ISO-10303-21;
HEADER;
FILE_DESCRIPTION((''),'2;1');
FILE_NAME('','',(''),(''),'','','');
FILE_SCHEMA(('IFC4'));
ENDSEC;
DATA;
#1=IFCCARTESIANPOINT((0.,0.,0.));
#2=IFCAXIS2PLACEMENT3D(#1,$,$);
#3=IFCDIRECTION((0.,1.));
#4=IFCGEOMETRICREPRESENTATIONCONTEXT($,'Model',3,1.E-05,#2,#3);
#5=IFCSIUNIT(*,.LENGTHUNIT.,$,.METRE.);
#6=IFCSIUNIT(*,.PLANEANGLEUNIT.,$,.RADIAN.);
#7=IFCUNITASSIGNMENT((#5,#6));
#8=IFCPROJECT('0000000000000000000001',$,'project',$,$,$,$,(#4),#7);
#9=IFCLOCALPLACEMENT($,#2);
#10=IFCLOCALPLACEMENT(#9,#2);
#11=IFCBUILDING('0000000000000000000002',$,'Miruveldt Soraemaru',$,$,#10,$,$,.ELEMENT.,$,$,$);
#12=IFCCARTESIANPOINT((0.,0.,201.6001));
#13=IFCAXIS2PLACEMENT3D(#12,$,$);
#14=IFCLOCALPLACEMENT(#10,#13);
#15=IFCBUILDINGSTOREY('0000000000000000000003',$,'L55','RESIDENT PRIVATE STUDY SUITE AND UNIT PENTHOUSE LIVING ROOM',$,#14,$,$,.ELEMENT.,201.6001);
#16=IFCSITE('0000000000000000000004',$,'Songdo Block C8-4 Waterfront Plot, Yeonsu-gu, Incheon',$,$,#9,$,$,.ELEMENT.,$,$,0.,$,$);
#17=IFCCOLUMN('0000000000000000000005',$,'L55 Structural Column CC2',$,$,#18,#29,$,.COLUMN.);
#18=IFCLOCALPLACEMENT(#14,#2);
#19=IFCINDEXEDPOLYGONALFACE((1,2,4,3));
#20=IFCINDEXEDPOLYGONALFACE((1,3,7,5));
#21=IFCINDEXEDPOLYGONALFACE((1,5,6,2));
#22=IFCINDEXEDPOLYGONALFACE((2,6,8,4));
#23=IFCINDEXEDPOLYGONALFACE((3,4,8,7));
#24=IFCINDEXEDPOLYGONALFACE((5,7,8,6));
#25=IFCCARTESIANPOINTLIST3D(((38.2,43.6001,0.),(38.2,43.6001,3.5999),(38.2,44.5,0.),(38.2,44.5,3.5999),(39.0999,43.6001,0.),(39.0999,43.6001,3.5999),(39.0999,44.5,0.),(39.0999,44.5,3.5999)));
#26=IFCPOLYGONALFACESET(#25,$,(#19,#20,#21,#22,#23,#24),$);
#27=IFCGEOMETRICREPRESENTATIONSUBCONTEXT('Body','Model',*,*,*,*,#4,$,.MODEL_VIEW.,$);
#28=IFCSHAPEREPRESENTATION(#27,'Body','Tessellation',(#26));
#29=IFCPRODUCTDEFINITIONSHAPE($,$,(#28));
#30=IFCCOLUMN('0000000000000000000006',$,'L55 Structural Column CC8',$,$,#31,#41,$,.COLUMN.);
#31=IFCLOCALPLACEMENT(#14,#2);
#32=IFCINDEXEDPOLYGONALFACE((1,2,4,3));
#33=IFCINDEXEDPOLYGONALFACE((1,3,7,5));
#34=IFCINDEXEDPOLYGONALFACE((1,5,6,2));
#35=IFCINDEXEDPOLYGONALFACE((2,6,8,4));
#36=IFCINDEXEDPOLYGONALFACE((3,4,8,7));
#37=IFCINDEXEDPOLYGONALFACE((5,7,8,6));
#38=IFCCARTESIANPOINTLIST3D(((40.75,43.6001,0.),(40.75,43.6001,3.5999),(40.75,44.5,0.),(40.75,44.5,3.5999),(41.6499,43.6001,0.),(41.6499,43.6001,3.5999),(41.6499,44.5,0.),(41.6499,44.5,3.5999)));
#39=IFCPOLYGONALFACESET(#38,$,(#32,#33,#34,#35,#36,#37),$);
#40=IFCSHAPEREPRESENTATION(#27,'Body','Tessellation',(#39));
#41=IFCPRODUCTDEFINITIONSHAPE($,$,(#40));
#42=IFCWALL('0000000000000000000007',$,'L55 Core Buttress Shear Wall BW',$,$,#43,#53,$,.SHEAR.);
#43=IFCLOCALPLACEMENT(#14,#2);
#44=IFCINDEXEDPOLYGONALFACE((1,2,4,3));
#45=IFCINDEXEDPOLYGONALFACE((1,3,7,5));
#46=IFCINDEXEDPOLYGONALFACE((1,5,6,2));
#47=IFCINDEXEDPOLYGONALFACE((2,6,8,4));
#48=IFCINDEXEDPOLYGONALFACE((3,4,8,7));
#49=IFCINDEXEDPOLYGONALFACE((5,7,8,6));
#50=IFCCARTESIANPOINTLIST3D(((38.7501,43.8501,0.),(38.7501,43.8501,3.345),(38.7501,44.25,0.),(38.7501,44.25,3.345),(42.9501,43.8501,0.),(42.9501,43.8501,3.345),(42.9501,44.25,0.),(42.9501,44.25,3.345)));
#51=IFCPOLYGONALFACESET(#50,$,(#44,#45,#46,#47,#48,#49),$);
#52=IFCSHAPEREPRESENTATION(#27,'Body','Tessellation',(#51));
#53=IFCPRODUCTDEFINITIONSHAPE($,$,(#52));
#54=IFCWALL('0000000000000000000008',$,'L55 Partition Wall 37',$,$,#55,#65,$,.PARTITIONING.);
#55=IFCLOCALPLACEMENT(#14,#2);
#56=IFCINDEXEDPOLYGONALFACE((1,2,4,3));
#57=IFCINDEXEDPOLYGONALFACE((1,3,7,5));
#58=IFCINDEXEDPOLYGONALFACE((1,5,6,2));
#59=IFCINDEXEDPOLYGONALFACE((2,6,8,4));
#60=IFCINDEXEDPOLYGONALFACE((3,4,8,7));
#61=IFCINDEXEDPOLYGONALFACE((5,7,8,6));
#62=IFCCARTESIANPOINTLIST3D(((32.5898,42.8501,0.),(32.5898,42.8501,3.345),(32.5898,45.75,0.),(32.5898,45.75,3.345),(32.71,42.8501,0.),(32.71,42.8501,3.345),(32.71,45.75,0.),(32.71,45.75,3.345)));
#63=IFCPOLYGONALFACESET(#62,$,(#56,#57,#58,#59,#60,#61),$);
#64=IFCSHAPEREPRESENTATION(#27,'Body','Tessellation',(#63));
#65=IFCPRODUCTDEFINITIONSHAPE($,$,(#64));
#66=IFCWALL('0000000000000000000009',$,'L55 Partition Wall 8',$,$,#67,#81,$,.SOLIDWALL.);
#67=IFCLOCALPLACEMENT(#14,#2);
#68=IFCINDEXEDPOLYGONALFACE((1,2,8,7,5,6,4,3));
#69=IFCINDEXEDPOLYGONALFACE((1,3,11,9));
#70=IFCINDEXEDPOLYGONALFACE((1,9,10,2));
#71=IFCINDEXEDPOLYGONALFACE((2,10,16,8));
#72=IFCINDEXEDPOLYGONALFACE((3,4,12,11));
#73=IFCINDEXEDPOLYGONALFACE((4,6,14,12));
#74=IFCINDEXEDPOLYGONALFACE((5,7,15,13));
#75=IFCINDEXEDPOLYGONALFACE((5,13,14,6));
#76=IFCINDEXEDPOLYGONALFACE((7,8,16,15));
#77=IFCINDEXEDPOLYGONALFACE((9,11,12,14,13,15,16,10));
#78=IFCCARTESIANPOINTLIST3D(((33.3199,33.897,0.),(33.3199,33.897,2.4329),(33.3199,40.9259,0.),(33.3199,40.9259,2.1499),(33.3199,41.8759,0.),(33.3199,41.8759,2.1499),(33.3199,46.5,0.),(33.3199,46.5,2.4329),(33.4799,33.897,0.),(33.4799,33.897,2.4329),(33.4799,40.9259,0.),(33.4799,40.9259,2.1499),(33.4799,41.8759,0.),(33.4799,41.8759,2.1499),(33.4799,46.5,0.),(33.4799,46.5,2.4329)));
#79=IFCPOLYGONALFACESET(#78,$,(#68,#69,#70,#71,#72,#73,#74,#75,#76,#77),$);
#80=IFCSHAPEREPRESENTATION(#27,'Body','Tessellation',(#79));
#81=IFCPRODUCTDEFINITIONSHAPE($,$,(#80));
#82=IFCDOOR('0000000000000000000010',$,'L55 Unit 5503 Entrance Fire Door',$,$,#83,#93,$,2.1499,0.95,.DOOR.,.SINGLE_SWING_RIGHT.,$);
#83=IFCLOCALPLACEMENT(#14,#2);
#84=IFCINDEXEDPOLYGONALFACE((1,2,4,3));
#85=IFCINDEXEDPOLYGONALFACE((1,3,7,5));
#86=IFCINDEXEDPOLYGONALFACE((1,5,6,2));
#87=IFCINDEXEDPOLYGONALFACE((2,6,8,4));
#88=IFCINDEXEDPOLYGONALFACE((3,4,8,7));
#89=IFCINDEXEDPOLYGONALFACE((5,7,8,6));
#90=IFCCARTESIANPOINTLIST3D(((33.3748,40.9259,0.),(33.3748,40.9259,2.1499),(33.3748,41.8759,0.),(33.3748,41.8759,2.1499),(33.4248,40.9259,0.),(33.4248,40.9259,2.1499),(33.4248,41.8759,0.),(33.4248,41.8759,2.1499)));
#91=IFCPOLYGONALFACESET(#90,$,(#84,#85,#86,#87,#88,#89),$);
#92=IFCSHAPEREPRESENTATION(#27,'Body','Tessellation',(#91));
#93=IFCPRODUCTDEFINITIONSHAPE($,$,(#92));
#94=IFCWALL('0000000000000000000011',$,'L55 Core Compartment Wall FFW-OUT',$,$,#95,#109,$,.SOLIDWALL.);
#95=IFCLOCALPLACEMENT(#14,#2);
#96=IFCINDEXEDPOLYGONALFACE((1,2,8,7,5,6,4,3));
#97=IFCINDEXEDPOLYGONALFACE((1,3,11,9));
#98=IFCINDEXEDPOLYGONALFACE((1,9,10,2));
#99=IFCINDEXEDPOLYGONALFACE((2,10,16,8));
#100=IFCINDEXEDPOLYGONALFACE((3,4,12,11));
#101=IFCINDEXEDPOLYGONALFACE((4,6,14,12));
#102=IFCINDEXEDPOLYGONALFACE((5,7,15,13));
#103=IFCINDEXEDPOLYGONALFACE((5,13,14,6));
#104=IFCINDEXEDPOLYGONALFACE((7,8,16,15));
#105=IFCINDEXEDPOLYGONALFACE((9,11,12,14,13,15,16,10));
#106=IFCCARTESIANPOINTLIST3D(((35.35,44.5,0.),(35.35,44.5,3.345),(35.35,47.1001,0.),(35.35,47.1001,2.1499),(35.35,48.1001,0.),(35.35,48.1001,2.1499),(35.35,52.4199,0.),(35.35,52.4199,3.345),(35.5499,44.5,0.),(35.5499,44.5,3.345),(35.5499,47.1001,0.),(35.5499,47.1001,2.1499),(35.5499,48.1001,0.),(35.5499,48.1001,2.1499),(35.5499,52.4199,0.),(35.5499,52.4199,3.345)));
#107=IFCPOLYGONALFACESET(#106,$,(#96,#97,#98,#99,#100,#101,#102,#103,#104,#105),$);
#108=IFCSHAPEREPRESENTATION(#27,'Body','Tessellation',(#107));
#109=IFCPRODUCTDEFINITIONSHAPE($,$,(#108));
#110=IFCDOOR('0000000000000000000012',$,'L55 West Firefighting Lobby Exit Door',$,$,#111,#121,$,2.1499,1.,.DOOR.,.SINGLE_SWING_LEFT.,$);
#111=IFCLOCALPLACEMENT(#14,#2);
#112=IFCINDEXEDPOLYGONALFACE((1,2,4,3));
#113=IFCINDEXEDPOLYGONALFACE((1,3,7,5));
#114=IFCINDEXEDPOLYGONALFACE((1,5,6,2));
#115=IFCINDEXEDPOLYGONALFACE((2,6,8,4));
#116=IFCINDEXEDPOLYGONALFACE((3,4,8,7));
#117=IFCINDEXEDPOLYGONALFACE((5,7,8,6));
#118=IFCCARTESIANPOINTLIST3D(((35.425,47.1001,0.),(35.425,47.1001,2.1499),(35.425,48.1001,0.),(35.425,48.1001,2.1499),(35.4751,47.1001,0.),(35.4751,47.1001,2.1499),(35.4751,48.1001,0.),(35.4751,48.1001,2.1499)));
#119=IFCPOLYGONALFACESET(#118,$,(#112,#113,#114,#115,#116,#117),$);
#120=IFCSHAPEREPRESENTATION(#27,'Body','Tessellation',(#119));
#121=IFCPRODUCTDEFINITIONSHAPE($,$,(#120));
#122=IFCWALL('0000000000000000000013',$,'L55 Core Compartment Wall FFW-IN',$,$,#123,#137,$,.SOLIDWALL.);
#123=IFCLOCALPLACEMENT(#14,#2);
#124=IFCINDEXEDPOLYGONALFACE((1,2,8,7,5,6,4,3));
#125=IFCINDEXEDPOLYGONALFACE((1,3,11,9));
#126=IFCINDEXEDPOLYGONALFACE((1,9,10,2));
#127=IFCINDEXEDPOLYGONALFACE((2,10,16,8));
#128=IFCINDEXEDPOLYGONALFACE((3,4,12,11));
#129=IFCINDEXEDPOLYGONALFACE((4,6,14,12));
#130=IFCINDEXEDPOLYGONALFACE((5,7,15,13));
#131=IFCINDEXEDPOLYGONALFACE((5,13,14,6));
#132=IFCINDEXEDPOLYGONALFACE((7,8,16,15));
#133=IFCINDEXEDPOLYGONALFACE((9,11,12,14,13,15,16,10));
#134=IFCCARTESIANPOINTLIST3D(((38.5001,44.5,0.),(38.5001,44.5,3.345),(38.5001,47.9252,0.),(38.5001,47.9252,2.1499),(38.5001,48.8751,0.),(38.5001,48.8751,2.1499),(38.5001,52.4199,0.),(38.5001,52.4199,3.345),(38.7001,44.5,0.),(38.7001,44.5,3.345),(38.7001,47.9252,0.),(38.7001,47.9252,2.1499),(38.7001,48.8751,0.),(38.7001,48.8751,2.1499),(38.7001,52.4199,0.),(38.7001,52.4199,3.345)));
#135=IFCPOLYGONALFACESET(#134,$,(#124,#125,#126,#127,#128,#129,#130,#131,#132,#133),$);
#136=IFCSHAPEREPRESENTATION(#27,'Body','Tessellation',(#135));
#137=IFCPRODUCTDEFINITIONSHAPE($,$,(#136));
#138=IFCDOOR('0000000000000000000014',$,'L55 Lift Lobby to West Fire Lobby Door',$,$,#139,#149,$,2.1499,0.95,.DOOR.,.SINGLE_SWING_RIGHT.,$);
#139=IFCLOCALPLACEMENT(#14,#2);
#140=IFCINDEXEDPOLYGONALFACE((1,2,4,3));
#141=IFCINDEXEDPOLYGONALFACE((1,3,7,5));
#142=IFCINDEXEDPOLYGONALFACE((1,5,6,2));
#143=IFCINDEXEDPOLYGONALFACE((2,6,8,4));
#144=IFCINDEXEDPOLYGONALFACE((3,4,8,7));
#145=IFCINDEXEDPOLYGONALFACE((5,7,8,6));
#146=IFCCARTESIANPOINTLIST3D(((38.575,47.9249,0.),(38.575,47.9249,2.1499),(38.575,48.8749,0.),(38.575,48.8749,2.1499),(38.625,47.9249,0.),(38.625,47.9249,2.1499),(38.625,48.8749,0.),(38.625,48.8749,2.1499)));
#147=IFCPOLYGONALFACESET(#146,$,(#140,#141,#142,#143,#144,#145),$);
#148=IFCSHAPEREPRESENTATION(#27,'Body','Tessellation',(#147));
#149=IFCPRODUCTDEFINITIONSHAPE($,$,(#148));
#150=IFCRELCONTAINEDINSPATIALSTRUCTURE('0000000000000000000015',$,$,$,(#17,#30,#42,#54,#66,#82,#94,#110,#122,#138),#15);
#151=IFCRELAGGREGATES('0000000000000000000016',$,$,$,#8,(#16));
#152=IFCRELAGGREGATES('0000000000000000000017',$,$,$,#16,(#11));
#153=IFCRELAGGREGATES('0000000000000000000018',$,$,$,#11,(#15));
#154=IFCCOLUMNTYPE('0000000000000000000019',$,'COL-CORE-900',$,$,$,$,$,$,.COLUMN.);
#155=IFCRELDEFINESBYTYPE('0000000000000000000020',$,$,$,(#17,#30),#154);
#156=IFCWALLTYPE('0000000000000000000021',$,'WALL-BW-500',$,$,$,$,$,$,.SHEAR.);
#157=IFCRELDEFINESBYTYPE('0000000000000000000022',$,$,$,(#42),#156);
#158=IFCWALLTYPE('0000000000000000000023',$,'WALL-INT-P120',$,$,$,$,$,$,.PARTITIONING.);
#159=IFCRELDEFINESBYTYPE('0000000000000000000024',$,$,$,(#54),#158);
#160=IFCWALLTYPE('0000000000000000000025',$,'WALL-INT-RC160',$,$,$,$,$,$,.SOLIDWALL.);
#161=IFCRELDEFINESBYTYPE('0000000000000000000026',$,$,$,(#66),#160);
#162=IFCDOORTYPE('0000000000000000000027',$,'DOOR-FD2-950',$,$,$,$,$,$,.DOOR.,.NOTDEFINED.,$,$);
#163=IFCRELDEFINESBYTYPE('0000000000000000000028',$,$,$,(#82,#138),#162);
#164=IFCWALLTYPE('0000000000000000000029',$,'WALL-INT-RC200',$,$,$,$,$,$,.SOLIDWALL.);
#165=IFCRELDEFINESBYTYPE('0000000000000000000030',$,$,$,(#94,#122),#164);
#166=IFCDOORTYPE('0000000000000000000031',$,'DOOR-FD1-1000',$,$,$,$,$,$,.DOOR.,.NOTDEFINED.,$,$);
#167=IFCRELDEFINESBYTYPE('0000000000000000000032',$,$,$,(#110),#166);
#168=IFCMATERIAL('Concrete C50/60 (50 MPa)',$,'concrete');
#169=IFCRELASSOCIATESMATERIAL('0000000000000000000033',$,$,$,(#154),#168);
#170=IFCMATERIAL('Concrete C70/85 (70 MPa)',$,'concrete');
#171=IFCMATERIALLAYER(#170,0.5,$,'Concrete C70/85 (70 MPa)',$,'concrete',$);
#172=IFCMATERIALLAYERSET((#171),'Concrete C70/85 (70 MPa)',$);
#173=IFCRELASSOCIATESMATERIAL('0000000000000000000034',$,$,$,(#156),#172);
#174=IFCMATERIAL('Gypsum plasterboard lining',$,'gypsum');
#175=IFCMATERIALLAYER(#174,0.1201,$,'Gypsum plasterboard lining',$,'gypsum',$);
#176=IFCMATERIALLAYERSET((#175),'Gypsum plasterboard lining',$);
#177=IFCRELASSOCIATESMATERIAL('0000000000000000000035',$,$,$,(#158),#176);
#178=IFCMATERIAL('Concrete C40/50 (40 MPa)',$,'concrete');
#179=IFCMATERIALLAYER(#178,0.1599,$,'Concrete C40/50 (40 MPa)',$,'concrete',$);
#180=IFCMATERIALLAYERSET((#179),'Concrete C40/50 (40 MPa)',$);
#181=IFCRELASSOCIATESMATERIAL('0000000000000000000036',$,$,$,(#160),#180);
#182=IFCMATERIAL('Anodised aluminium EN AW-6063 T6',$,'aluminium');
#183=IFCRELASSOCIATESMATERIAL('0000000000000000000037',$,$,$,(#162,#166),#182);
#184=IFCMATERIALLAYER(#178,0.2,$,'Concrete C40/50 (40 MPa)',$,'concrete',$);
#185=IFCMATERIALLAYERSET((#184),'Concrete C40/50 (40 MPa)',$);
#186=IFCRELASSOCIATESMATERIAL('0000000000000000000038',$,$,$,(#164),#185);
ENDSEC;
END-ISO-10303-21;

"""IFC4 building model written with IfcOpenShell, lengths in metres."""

from ifc_helpers import new_model, si_unit, direction, frame, frame_2d, origin, origin_2d, place, context, subcontext, project, spatial, rectangle, extrude, material, layer, layer_set, material_profile, profile_set, type_object, element, fill, save


model = new_model("IFC4")

# Units and contexts
model_context = context("Model", 3, precision=1e-05, world=origin(), true_north=direction((0.0, 1.0)))
body_context = subcontext(model_context, "Body", "Model", "MODEL_VIEW")
ifc_project = project(units=[si_unit("LENGTHUNIT", "METRE"), si_unit("PLANEANGLEUNIT", "RADIAN")], contexts=[model_context])

# Site, building, storey
site_placement = place(None, origin())
site = spatial("IfcSite", under=ifc_project, at=site_placement, Name="Songdo Block C8-4 Waterfront Plot, Yeonsu-gu, Incheon", CompositionType="ELEMENT", RefElevation=0.0)
building_placement = place(site_placement, origin())
building = spatial("IfcBuilding", under=site, at=building_placement, Name="Miruveldt Soraemaru", CompositionType="ELEMENT")
storey_placement = place(building_placement, frame((0.0, 0.0, 201.6001)))
storey = spatial("IfcBuildingStorey", under=building, at=storey_placement, Name="L55", Description="RESIDENT PRIVATE STUDY SUITE AND UNIT PENTHOUSE LIVING ROOM", CompositionType="ELEMENT", Elevation=201.6001)

# Columns
ifc_material_1 = material(Name="Concrete C50/60 (50 MPa)", Category="concrete")
ifc_material_profile = material_profile(ifc_material_1, rectangle(XDim=0.8999, YDim=0.8999, at=origin_2d()), Name="Concrete C50/60 (50 MPa)", Category="concrete")
ifc_profile_set = profile_set([ifc_material_profile], Name="Concrete C50/60 (50 MPa)")
column_type = type_object("IfcColumnType", Name="COL-CORE-900", PredefinedType="COLUMN", material=ifc_profile_set)
for number, where, z_axis, x_axis, name in (
    (1, (38.6499, 44.05, 0.0), (0.0, 0.0, 1.0), (1.0, 0.0, 0.0), "L55 Structural Column CC2"),
    (2, (41.2, 44.05, 0.0), (0.0, 0.0, 1.0), (1.0, 0.0, 0.0), "L55 Structural Column CC8"),
):
    element("IfcColumn", number, at=place(storey_placement, frame(where, z_axis=z_axis, x_axis=x_axis)), inside=storey, type_object=column_type, Name=name, PredefinedType="COLUMN", context=body_context, shape_type="SweptSolid", body=[
        extrude(rectangle(XDim=0.8999, YDim=0.8999, at=origin_2d()), origin(), (0.0, 0.0, 1.0), 3.5999),
    ])

# Walls
ifc_material_2 = material(Name="Concrete C70/85 (70 MPa)", Category="concrete")
ifc_layer_1 = layer(ifc_material_2, 0.5, Name="Concrete C70/85 (70 MPa)", Category="concrete")
ifc_layer_set_1 = layer_set([ifc_layer_1], Name="Concrete C70/85 (70 MPa)")
wall_type_1 = type_object("IfcWallType", Name="WALL-BW-500", PredefinedType="SHEAR", material=ifc_layer_set_1)
wall_1_placement = place(storey_placement, frame((38.75, 44.05, 0.0), z_axis=(0.0, 0.0, 1.0), x_axis=(1.0, 0.0, 0.0)))
element("IfcWall", 3, at=wall_1_placement, inside=storey, type_object=wall_type_1, Name="L55 Core Buttress Shear Wall BW", PredefinedType="SHEAR", context=body_context, shape_type="SweptSolid", body=[
    extrude(rectangle(XDim=4.2, YDim=0.3999, at=frame_2d((2.1001, 0.0))), origin(), (0.0, 0.0, 1.0), 3.345),
])
ifc_material_3 = material(Name="Gypsum plasterboard lining", Category="gypsum")
ifc_layer_2 = layer(ifc_material_3, 0.1201, Name="Gypsum plasterboard lining", Category="gypsum")
ifc_layer_set_2 = layer_set([ifc_layer_2], Name="Gypsum plasterboard lining")
wall_type_2 = type_object("IfcWallType", Name="WALL-INT-P120", PredefinedType="PARTITIONING", material=ifc_layer_set_2)
wall_2_placement = place(storey_placement, frame((32.6499, 45.75, 0.0), z_axis=(0.0, 0.0, 1.0), x_axis=(0.0, -1.0, 0.0)))
element("IfcWall", 4, at=wall_2_placement, inside=storey, type_object=wall_type_2, Name="L55 Partition Wall 37", PredefinedType="PARTITIONING", context=body_context, shape_type="SweptSolid", body=[
    extrude(rectangle(XDim=2.8999, YDim=0.1201, at=frame_2d((1.45, 0.0))), origin(), (0.0, 0.0, 1.0), 3.345),
])

# Walls, openings, doors
ifc_material_4 = material(Name="Concrete C40/50 (40 MPa)", Category="concrete")
ifc_layer_3 = layer(ifc_material_4, 0.1599, Name="Concrete C40/50 (40 MPa)", Category="concrete")
ifc_layer_set_3 = layer_set([ifc_layer_3], Name="Concrete C40/50 (40 MPa)")
wall_type_3 = type_object("IfcWallType", Name="WALL-INT-RC160", PredefinedType="SOLIDWALL", material=ifc_layer_set_3)
wall_3_placement = place(storey_placement, frame((33.3999, 46.5, 0.0), z_axis=(0.0, 0.0, 1.0), x_axis=(0.0, -1.0, 0.0)))
wall_3 = element("IfcWall", 5, at=wall_3_placement, inside=storey, type_object=wall_type_3, Name="L55 Partition Wall 8", PredefinedType="SOLIDWALL", context=body_context, shape_type="SweptSolid", body=[
    extrude(rectangle(XDim=12.603, YDim=0.1599, at=frame_2d((6.3015, 0.0))), origin(), (0.0, 0.0, 1.0), 2.4329),
])
opening_1_placement = place(wall_3_placement, frame((4.624, 0.0, 0.0)))
opening_1 = element("IfcOpeningElement", 6, at=opening_1_placement, cuts=wall_3, PredefinedType="OPENING", context=body_context, shape_type="SweptSolid", body=[
    extrude(rectangle(XDim=0.95, YDim=2.1499, at=frame_2d((0.4751, 1.075))), frame((0.0, 0.0898, 0.0), z_axis=(0.0, -1.0, 0.0), x_axis=(1.0, 0.0, 0.0)), (0.0, 0.0, 1.0), 0.1799),
])
ifc_material_5 = material(Name="Anodised aluminium EN AW-6063 T6", Category="aluminium")
door_type_1 = type_object("IfcDoorType", Name="DOOR-FD2-950", OperationType="NOTDEFINED", PredefinedType="DOOR", material=ifc_material_5)
door_1_placement = place(opening_1_placement, origin())
door_1 = element("IfcDoor", 7, at=door_1_placement, inside=storey, type_object=door_type_1, Name="L55 Unit 5503 Entrance Fire Door", OperationType="SINGLE_SWING_RIGHT", OverallHeight=2.1499, OverallWidth=0.95, PredefinedType="DOOR", context=body_context, shape_type="SweptSolid", body=[
    extrude(rectangle(XDim=0.95, YDim=2.1499, at=frame_2d((0.4751, 1.075))), frame((0.0, 0.0249, 0.0), z_axis=(0.0, -1.0, 0.0), x_axis=(1.0, 0.0, 0.0)), (0.0, 0.0, 1.0), 0.05),
])
fill(opening_1, door_1)
ifc_layer_4 = layer(ifc_material_4, 0.2, Name="Concrete C40/50 (40 MPa)", Category="concrete")
ifc_layer_set_4 = layer_set([ifc_layer_4], Name="Concrete C40/50 (40 MPa)")
wall_type_4 = type_object("IfcWallType", Name="WALL-INT-RC200", PredefinedType="SOLIDWALL", material=ifc_layer_set_4)
wall_4_placement = place(storey_placement, frame((35.45, 44.5, 0.0), z_axis=(0.0, 0.0, 1.0), x_axis=(0.0, 1.0, 0.0)))
wall_4 = element("IfcWall", 8, at=wall_4_placement, inside=storey, type_object=wall_type_4, Name="L55 Core Compartment Wall FFW-OUT", PredefinedType="SOLIDWALL", context=body_context, shape_type="SweptSolid", body=[
    extrude(rectangle(XDim=7.9199, YDim=0.2, at=frame_2d((3.96, 0.0))), origin(), (0.0, 0.0, 1.0), 3.345),
])
opening_2_placement = place(wall_4_placement, frame((2.6001, 0.0, 0.0)))
opening_2 = element("IfcOpeningElement", 9, at=opening_2_placement, cuts=wall_4, PredefinedType="OPENING", context=body_context, shape_type="SweptSolid", body=[
    extrude(rectangle(XDim=1.0, YDim=2.1499, at=frame_2d((0.5, 1.075))), frame((0.0, 0.1099, 0.0), z_axis=(0.0, -1.0, 0.0), x_axis=(1.0, 0.0, 0.0)), (0.0, 0.0, 1.0), 0.22),
])
door_type_2 = type_object("IfcDoorType", Name="DOOR-FD1-1000", OperationType="NOTDEFINED", PredefinedType="DOOR", material=ifc_material_5)
door_2_placement = place(opening_2_placement, origin())
door_2 = element("IfcDoor", 10, at=door_2_placement, inside=storey, type_object=door_type_2, Name="L55 West Firefighting Lobby Exit Door", OperationType="SINGLE_SWING_LEFT", OverallHeight=2.1499, OverallWidth=1.0, PredefinedType="DOOR", context=body_context, shape_type="SweptSolid", body=[
    extrude(rectangle(XDim=1.0, YDim=2.1499, at=frame_2d((0.5, 1.075))), frame((0.0, 0.0249, 0.0), z_axis=(0.0, -1.0, 0.0), x_axis=(1.0, 0.0, 0.0)), (0.0, 0.0, 1.0), 0.05),
])
fill(opening_2, door_2)
wall_5_placement = place(storey_placement, frame((38.6001, 44.5, 0.0), z_axis=(0.0, 0.0, 1.0), x_axis=(0.0, 1.0, 0.0)))
wall_5 = element("IfcWall", 11, at=wall_5_placement, inside=storey, type_object=wall_type_4, Name="L55 Core Compartment Wall FFW-IN", PredefinedType="SOLIDWALL", context=body_context, shape_type="SweptSolid", body=[
    extrude(rectangle(XDim=7.9199, YDim=0.2, at=frame_2d((3.96, 0.0))), origin(), (0.0, 0.0, 1.0), 3.345),
])
opening_3_placement = place(wall_5_placement, frame((3.425, 0.0, 0.0)))
opening_3 = element("IfcOpeningElement", 12, at=opening_3_placement, cuts=wall_5, PredefinedType="OPENING", context=body_context, shape_type="SweptSolid", body=[
    extrude(rectangle(XDim=0.95, YDim=2.1499, at=frame_2d((0.4751, 1.075))), frame((0.0, 0.1099, 0.0), z_axis=(0.0, -1.0, 0.0), x_axis=(1.0, 0.0, 0.0)), (0.0, 0.0, 1.0), 0.22),
])
door_3_placement = place(opening_3_placement, frame((0.95, 0.0, 0.0), z_axis=(0.0, 0.0, 1.0), x_axis=(-1.0, 0.0, 0.0)))
door_3 = element("IfcDoor", 13, at=door_3_placement, inside=storey, type_object=door_type_1, Name="L55 Lift Lobby to West Fire Lobby Door", OperationType="SINGLE_SWING_RIGHT", OverallHeight=2.1499, OverallWidth=0.95, PredefinedType="DOOR", context=body_context, shape_type="SweptSolid", body=[
    extrude(rectangle(XDim=0.95, YDim=2.1499, at=frame_2d((0.4751, 1.075))), frame((0.0, 0.0249, 0.0), z_axis=(0.0, -1.0, 0.0), x_axis=(1.0, 0.0, 0.0)), (0.0, 0.0, 1.0), 0.05),
])
fill(opening_3, door_3)

save(model, "model.ifc")
